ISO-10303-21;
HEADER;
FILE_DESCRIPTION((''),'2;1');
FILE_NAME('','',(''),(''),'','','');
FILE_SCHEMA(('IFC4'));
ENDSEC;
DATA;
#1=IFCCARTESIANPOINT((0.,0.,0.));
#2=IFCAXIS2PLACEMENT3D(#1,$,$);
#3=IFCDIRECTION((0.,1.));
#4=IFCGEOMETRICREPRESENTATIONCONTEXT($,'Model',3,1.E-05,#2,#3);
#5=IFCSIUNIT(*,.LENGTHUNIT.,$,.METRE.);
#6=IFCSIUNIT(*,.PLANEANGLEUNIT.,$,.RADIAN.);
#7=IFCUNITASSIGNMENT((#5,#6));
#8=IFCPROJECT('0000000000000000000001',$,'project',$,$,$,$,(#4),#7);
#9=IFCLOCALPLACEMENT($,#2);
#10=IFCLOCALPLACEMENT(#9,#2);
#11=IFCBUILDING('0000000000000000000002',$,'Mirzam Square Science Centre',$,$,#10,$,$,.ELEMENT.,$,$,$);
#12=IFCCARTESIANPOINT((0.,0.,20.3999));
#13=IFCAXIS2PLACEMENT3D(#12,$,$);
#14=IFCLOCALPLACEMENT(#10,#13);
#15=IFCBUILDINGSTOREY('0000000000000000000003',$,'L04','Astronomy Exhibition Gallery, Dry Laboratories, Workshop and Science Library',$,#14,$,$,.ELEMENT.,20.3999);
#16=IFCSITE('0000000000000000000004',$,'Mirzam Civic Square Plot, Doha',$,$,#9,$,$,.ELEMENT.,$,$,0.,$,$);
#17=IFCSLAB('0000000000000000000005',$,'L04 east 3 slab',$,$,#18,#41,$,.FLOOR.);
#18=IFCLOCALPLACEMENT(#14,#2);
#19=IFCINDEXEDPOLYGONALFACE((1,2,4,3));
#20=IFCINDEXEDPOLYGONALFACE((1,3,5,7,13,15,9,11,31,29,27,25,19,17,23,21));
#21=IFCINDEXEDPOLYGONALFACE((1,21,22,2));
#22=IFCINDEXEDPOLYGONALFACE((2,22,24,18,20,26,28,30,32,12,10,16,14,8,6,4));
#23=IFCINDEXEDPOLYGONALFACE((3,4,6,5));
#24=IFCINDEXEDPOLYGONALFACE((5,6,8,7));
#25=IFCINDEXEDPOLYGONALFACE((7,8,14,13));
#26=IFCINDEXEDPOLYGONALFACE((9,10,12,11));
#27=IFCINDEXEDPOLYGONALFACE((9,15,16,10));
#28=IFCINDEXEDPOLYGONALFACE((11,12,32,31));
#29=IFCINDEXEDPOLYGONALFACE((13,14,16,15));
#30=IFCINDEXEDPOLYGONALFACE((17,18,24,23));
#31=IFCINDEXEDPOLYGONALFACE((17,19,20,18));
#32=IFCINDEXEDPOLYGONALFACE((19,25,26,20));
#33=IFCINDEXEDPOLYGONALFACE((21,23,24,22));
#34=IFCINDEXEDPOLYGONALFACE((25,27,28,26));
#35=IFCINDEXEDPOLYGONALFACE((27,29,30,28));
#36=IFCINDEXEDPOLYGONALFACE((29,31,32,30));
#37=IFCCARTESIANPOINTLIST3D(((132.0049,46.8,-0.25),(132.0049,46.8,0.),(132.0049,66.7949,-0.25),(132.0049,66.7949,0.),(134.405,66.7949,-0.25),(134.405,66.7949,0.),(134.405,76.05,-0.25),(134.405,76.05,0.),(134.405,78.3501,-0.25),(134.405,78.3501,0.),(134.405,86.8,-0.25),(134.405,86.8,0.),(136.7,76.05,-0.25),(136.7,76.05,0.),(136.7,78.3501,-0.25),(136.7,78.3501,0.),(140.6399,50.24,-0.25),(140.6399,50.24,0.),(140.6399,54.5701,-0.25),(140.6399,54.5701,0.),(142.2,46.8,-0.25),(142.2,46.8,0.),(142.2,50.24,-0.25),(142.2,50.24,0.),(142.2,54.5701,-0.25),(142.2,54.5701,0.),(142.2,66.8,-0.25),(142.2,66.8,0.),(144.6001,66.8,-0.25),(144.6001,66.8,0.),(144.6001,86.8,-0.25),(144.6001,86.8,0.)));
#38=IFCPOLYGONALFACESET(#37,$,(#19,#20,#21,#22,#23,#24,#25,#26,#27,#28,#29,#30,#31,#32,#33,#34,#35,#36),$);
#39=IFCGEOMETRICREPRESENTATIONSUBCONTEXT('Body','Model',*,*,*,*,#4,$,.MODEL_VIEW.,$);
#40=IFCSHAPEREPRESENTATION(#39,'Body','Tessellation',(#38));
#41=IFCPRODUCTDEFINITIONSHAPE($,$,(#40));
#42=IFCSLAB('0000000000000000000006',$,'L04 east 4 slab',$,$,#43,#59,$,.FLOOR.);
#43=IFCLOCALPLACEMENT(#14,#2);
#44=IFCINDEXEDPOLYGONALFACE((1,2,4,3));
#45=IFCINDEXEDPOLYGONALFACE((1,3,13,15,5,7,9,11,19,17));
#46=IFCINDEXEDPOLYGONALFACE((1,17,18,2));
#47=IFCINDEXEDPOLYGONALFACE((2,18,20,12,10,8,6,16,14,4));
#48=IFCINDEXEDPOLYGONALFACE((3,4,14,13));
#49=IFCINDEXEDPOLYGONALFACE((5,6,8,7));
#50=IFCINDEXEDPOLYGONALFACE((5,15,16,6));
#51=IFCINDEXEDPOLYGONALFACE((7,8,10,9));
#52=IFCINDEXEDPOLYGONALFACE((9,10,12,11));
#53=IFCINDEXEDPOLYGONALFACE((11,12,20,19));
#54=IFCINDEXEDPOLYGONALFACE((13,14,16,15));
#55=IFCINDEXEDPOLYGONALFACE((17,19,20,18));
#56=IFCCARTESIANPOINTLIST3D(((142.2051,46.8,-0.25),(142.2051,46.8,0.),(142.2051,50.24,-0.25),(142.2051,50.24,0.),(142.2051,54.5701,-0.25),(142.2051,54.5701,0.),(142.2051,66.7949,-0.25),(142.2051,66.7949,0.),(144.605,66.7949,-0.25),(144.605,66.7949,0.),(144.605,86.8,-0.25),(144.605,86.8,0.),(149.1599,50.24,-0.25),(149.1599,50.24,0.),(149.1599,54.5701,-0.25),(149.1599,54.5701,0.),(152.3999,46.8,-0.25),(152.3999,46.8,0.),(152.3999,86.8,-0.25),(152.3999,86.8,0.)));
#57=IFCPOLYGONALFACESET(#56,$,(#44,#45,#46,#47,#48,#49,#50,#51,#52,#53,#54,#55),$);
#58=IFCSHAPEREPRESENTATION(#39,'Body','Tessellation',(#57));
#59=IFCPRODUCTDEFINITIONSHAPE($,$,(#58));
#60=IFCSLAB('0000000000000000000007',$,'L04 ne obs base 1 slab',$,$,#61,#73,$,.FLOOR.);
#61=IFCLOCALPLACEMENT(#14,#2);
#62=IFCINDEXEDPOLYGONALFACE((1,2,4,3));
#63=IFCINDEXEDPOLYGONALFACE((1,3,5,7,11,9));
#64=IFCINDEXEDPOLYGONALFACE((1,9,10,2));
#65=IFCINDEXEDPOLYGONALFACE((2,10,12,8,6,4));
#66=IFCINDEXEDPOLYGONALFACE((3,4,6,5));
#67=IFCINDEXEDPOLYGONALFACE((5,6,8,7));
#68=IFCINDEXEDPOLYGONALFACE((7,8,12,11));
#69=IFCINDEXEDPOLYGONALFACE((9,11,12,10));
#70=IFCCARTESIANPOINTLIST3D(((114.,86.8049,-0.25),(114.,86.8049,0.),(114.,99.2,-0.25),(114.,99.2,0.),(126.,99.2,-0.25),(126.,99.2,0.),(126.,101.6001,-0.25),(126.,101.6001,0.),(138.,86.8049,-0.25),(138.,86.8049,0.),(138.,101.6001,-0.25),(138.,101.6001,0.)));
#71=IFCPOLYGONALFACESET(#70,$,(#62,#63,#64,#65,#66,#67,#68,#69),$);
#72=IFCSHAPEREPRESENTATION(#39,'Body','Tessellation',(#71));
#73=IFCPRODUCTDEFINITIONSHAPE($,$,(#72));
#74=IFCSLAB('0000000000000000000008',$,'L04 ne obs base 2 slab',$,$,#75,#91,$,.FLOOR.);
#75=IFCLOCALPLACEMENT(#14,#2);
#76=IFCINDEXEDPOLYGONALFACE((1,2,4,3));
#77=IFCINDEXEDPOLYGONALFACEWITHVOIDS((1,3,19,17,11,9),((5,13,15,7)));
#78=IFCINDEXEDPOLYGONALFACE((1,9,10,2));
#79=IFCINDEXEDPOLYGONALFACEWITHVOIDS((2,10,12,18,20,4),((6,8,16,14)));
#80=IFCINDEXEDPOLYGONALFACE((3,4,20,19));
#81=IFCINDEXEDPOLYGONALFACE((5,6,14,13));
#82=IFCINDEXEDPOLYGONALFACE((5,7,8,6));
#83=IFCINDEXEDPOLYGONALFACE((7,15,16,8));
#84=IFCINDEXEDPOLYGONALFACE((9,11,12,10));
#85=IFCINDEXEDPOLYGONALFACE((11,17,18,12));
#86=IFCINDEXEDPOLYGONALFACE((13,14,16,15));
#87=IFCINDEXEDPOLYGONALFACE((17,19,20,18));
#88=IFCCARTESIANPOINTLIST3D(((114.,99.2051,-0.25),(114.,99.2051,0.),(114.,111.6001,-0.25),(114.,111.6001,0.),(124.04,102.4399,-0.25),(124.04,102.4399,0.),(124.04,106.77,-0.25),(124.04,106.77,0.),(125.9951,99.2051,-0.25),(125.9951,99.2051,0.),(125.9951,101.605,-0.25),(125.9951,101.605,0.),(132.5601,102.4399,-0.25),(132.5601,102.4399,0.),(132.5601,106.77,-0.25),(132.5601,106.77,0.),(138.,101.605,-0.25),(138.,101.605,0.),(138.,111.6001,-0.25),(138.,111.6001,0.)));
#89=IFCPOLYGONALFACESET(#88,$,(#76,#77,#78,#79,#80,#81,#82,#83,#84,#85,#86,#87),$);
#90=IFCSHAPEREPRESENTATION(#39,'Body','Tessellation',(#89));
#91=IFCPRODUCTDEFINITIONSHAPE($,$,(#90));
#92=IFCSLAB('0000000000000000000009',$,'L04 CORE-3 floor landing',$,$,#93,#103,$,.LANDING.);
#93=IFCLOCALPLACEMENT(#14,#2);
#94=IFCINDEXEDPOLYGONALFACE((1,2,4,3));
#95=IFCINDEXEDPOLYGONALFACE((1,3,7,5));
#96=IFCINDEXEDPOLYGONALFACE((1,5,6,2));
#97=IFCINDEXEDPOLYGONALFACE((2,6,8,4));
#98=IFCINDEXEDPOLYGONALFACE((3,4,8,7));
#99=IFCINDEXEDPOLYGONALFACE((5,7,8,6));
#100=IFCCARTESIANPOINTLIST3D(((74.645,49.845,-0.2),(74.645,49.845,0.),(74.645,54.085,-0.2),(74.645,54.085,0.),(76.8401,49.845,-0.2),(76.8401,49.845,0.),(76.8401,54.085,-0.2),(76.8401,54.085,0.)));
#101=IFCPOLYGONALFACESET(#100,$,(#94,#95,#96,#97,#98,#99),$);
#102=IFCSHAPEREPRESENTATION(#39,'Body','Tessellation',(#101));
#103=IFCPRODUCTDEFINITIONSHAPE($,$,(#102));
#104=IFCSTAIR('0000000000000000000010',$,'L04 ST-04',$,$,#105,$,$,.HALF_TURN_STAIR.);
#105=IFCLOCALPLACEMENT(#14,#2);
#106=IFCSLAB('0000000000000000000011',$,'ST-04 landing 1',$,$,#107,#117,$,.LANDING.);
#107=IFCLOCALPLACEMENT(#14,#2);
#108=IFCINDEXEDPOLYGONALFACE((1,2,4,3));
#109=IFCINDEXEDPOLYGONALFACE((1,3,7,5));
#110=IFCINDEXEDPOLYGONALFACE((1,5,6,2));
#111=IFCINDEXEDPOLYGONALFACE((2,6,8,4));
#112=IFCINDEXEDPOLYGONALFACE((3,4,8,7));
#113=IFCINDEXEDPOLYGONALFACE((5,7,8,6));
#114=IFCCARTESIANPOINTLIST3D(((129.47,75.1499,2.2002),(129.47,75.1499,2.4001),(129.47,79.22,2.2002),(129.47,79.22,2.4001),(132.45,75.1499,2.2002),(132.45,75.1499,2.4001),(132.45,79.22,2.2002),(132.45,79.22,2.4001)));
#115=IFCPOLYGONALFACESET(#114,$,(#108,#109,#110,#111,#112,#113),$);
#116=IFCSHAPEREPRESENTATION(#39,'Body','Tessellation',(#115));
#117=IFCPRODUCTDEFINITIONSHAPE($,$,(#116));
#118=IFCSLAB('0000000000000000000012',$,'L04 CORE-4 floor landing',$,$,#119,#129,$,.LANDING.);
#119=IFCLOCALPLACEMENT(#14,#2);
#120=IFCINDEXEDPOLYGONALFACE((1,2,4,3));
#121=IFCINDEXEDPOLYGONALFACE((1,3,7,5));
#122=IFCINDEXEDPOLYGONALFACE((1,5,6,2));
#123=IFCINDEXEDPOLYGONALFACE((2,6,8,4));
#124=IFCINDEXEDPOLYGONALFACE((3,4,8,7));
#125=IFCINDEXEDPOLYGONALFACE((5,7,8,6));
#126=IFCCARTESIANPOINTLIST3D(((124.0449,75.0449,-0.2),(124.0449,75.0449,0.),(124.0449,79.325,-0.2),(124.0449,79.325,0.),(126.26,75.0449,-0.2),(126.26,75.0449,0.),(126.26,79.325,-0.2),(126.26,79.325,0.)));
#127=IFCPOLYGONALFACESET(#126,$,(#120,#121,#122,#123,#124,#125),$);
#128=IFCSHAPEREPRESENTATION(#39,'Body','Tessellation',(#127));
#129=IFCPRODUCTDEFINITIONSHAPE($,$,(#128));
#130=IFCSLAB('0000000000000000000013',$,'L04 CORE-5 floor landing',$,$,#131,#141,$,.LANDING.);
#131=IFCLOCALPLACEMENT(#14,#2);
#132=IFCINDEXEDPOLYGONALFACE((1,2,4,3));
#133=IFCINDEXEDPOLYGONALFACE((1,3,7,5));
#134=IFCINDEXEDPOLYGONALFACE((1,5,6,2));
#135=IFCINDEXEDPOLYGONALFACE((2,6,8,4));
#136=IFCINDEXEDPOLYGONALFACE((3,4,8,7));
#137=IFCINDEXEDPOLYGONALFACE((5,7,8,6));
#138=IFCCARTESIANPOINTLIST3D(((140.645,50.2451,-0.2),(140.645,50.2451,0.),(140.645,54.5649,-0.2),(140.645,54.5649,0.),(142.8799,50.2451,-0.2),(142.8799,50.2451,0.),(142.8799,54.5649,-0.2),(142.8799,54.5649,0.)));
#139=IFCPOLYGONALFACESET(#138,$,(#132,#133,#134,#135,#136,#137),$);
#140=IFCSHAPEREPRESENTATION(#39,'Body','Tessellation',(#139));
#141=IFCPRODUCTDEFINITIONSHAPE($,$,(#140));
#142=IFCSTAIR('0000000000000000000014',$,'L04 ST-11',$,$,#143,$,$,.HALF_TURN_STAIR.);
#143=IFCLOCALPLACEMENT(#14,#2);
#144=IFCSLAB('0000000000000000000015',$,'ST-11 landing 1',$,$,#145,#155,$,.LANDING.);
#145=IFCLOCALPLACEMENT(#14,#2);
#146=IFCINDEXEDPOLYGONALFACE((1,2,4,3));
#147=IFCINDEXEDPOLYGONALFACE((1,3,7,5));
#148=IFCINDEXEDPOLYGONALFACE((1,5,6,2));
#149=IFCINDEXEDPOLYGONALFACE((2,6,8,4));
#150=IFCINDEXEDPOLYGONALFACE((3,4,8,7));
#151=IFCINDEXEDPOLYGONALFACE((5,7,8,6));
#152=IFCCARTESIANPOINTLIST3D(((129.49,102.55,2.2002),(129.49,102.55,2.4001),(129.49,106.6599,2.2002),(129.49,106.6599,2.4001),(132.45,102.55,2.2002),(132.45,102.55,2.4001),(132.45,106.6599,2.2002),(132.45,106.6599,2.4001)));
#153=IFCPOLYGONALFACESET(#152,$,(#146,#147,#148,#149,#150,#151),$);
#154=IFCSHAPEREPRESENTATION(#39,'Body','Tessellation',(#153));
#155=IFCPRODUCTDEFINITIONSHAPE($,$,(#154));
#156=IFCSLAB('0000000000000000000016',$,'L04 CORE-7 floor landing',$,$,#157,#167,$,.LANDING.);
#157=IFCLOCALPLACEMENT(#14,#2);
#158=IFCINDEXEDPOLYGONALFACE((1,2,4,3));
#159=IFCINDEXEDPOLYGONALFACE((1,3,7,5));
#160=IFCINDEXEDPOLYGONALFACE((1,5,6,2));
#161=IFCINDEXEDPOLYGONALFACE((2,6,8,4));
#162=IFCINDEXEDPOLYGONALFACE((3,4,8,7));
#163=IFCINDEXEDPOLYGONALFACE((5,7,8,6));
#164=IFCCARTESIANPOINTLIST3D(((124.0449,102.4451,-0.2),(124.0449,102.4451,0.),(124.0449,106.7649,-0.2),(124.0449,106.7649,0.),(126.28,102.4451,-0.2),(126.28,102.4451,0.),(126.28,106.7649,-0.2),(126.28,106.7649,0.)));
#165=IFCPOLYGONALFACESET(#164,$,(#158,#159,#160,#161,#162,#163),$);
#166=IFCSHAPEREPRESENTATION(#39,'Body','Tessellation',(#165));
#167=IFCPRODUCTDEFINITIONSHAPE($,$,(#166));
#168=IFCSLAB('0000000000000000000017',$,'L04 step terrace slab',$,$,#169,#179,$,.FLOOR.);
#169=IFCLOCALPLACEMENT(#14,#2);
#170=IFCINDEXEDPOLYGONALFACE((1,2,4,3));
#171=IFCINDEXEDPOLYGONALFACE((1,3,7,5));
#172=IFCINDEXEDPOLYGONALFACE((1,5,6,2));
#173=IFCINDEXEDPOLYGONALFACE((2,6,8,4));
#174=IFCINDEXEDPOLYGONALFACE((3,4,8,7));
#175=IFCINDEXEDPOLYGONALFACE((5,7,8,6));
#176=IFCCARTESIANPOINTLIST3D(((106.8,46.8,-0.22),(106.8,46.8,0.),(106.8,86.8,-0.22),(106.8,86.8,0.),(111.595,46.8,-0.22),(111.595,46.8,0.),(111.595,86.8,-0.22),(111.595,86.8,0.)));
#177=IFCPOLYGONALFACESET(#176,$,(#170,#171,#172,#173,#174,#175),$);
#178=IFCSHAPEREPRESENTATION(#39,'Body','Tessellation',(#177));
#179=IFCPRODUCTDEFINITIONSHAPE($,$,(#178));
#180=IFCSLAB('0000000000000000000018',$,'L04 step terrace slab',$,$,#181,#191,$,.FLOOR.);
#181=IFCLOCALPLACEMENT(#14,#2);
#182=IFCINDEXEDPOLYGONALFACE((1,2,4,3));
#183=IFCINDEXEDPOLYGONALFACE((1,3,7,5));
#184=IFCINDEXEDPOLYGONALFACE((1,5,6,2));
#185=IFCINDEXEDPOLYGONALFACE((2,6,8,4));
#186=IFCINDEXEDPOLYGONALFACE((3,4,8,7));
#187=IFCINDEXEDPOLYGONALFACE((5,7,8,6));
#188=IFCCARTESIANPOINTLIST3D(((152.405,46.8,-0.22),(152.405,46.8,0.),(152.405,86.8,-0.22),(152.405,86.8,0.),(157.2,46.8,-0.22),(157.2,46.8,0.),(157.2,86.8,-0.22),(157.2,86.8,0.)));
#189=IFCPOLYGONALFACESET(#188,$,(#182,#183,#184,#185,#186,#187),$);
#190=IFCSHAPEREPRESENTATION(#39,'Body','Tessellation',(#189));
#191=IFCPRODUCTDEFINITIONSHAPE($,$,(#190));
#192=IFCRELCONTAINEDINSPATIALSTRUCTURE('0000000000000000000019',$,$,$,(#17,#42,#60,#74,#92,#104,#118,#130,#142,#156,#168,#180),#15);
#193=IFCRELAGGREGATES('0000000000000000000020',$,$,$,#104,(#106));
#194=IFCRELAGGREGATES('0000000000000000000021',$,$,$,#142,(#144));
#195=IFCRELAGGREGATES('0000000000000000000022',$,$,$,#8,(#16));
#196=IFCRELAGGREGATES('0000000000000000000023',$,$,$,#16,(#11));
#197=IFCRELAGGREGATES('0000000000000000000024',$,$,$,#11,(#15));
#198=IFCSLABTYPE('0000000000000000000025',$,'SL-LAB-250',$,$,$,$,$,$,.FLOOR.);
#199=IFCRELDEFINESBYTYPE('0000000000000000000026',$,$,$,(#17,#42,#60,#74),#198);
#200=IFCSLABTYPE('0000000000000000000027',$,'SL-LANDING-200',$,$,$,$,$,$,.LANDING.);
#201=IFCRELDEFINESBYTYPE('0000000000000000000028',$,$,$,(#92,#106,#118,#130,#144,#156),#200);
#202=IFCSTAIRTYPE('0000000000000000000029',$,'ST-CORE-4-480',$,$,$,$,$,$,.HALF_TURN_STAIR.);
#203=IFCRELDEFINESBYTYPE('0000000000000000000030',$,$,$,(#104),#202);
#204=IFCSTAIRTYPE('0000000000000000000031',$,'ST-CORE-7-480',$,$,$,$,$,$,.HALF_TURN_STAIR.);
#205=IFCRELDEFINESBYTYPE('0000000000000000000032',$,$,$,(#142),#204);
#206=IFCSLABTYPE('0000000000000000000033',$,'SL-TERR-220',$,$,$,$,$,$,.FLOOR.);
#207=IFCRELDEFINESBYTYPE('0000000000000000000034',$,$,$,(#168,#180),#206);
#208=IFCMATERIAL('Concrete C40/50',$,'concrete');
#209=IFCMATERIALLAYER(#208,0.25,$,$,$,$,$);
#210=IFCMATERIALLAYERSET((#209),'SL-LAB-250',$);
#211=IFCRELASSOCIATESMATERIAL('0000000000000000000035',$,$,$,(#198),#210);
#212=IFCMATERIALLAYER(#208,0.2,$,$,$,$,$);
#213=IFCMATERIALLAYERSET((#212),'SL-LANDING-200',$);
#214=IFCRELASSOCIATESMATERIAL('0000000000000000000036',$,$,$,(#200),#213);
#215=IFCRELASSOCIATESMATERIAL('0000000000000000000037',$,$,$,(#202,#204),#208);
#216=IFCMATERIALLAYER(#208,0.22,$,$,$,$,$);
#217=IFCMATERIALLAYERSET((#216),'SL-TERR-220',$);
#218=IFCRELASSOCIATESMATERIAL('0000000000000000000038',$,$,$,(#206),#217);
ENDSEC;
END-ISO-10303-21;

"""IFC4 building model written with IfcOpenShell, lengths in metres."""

from ifc_helpers import new_model, si_unit, direction, frame, origin, place, context, subcontext, project, spatial, polyline, outline, extrude, material, layer, layer_set, type_object, element, aggregate, save


model = new_model("IFC4")

# Units and contexts
model_context = context("Model", 3, precision=1e-05, world=origin(), true_north=direction((0.0, 1.0)))
body_context = subcontext(model_context, "Body", "Model", "MODEL_VIEW")
ifc_project = project(units=[si_unit("LENGTHUNIT", "METRE"), si_unit("PLANEANGLEUNIT", "RADIAN")], contexts=[model_context])

# Site, building, storey
site_placement = place(None, origin())
site = spatial("IfcSite", under=ifc_project, at=site_placement, Name="Mirzam Civic Square Plot, Doha", CompositionType="ELEMENT", RefElevation=0.0)
building_placement = place(site_placement, origin())
building = spatial("IfcBuilding", under=site, at=building_placement, Name="Mirzam Square Science Centre", CompositionType="ELEMENT")
storey_placement = place(building_placement, frame((0.0, 0.0, 20.3999)))
storey = spatial("IfcBuildingStorey", under=building, at=storey_placement, Name="L04", Description="Astronomy Exhibition Gallery, Dry Laboratories, Workshop and Science Library", CompositionType="ELEMENT", Elevation=20.3999)

# Slabs
ifc_material_1 = material(Name="Concrete C40/50", Category="concrete")
ifc_layer_1 = layer(ifc_material_1, 0.25)
ifc_layer_set_1 = layer_set([ifc_layer_1], Name="SL-LAB-250")
slab_type_1 = type_object("IfcSlabType", Name="SL-LAB-250", PredefinedType="FLOOR", material=ifc_layer_set_1)
slab_1_placement = place(storey_placement, frame((0.0, 0.0, -0.25)))
element("IfcSlab", 1, at=slab_1_placement, inside=storey, type_object=slab_type_1, Name="L04 east 3 slab", PredefinedType="FLOOR", context=body_context, shape_type="SweptSolid", body=[
    extrude(outline(polyline([(132.0049, 46.8), (132.0049, 66.7949), (134.405, 66.7949), (134.405, 76.05), (136.7, 76.05), (136.7, 78.3501), (134.405, 78.3501), (134.405, 86.8), (144.6001, 86.8), (144.6001, 66.8), (142.2, 66.8), (142.2, 54.5701), (140.6399, 54.5701), (140.6399, 50.24), (142.2, 50.24), (142.2, 46.8), (132.0049, 46.8)])), origin(), (0.0, 0.0, 1.0), 0.25),
])
slab_2_placement = place(storey_placement, frame((0.0, 0.0, -0.25)))
element("IfcSlab", 2, at=slab_2_placement, inside=storey, type_object=slab_type_1, Name="L04 east 4 slab", PredefinedType="FLOOR", context=body_context, shape_type="SweptSolid", body=[
    extrude(outline(polyline([(152.3999, 86.8), (152.3999, 46.8), (142.2051, 46.8), (142.2051, 50.24), (149.1599, 50.24), (149.1599, 54.5701), (142.2051, 54.5701), (142.2051, 66.7949), (144.605, 66.7949), (144.605, 86.8), (152.3999, 86.8)])), origin(), (0.0, 0.0, 1.0), 0.25),
])
slab_3_placement = place(storey_placement, frame((0.0, 0.0, -0.25)))
element("IfcSlab", 3, at=slab_3_placement, inside=storey, type_object=slab_type_1, Name="L04 ne obs base 1 slab", PredefinedType="FLOOR", context=body_context, shape_type="SweptSolid", body=[
    extrude(outline(polyline([(126.0, 99.2), (126.0, 101.6001), (138.0, 101.6001), (138.0, 86.8049), (114.0, 86.8049), (114.0, 99.2), (126.0, 99.2)])), origin(), (0.0, 0.0, 1.0), 0.25),
])
slab_4_placement = place(storey_placement, frame((0.0, 0.0, -0.25)))
element("IfcSlab", 4, at=slab_4_placement, inside=storey, type_object=slab_type_1, Name="L04 ne obs base 2 slab", PredefinedType="FLOOR", context=body_context, shape_type="SweptSolid", body=[
    extrude(outline(polyline([(114.0, 111.6001), (138.0, 111.6001), (138.0, 101.605), (125.9951, 101.605), (125.9951, 99.2051), (114.0, 99.2051), (114.0, 111.6001)]), holes=[polyline([(132.5601, 106.77), (124.04, 106.77), (124.04, 102.4399), (132.5601, 102.4399), (132.5601, 106.77)])]), origin(), (0.0, 0.0, 1.0), 0.25),
])
ifc_layer_2 = layer(ifc_material_1, 0.2)
ifc_layer_set_2 = layer_set([ifc_layer_2], Name="SL-LANDING-200")
slab_type_2 = type_object("IfcSlabType", Name="SL-LANDING-200", PredefinedType="LANDING", material=ifc_layer_set_2)
slab_5_placement = place(storey_placement, frame((0.0, 0.0, -0.2)))
element("IfcSlab", 5, at=slab_5_placement, inside=storey, type_object=slab_type_2, Name="L04 CORE-3 floor landing", PredefinedType="LANDING", context=body_context, shape_type="SweptSolid", body=[
    extrude(outline(polyline([(76.8401, 49.845), (74.645, 49.845), (74.645, 54.085), (76.8401, 54.085), (76.8401, 49.845)])), origin(), (0.0, 0.0, 1.0), 0.2),
])

# Stair, slab
stair_type_1 = type_object("IfcStairType", Name="ST-CORE-4-480", PredefinedType="HALF_TURN_STAIR", material=ifc_material_1)
stair_1_placement = place(storey_placement, origin())
stair_1 = element("IfcStair", 6, at=stair_1_placement, inside=storey, type_object=stair_type_1, Name="L04 ST-04", PredefinedType="HALF_TURN_STAIR")
slab_6_placement = place(storey_placement, frame((0.0, 0.0, 2.2002)))
slab_6 = element("IfcSlab", 7, at=slab_6_placement, type_object=slab_type_2, Name="ST-04 landing 1", PredefinedType="LANDING", context=body_context, shape_type="SweptSolid", body=[
    extrude(outline(polyline([(129.47, 75.1499), (132.45, 75.1499), (132.45, 79.22), (129.47, 79.22), (129.47, 75.1499)])), origin(), (0.0, 0.0, 1.0), 0.2),
])
aggregate(stair_1, [slab_6])

# Slabs
slab_7_placement = place(storey_placement, frame((0.0, 0.0, -0.2)))
element("IfcSlab", 8, at=slab_7_placement, inside=storey, type_object=slab_type_2, Name="L04 CORE-4 floor landing", PredefinedType="LANDING", context=body_context, shape_type="SweptSolid", body=[
    extrude(outline(polyline([(126.26, 75.0449), (124.0449, 75.0449), (124.0449, 79.325), (126.26, 79.325), (126.26, 75.0449)])), origin(), (0.0, 0.0, 1.0), 0.2),
])
slab_8_placement = place(storey_placement, frame((0.0, 0.0, -0.2)))
element("IfcSlab", 9, at=slab_8_placement, inside=storey, type_object=slab_type_2, Name="L04 CORE-5 floor landing", PredefinedType="LANDING", context=body_context, shape_type="SweptSolid", body=[
    extrude(outline(polyline([(142.8799, 50.2451), (140.645, 50.2451), (140.645, 54.5649), (142.8799, 54.5649), (142.8799, 50.2451)])), origin(), (0.0, 0.0, 1.0), 0.2),
])

# Stair, slab
stair_type_2 = type_object("IfcStairType", Name="ST-CORE-7-480", PredefinedType="HALF_TURN_STAIR", material=ifc_material_1)
stair_2_placement = place(storey_placement, origin())
stair_2 = element("IfcStair", 10, at=stair_2_placement, inside=storey, type_object=stair_type_2, Name="L04 ST-11", PredefinedType="HALF_TURN_STAIR")
slab_9_placement = place(storey_placement, frame((0.0, 0.0, 2.2002)))
slab_9 = element("IfcSlab", 11, at=slab_9_placement, type_object=slab_type_2, Name="ST-11 landing 1", PredefinedType="LANDING", context=body_context, shape_type="SweptSolid", body=[
    extrude(outline(polyline([(129.49, 102.55), (132.45, 102.55), (132.45, 106.6599), (129.49, 106.6599), (129.49, 102.55)])), origin(), (0.0, 0.0, 1.0), 0.2),
])
aggregate(stair_2, [slab_9])

# Slabs
slab_10_placement = place(storey_placement, frame((0.0, 0.0, -0.2)))
element("IfcSlab", 12, at=slab_10_placement, inside=storey, type_object=slab_type_2, Name="L04 CORE-7 floor landing", PredefinedType="LANDING", context=body_context, shape_type="SweptSolid", body=[
    extrude(outline(polyline([(126.28, 102.4451), (124.0449, 102.4451), (124.0449, 106.7649), (126.28, 106.7649), (126.28, 102.4451)])), origin(), (0.0, 0.0, 1.0), 0.2),
])
ifc_layer_3 = layer(ifc_material_1, 0.22)
ifc_layer_set_3 = layer_set([ifc_layer_3], Name="SL-TERR-220")
slab_type_3 = type_object("IfcSlabType", Name="SL-TERR-220", PredefinedType="FLOOR", material=ifc_layer_set_3)
slab_11_placement = place(storey_placement, frame((0.0, 0.0, -0.22)))
element("IfcSlab", 13, at=slab_11_placement, inside=storey, type_object=slab_type_3, Name="L04 step terrace slab", PredefinedType="FLOOR", context=body_context, shape_type="SweptSolid", body=[
    extrude(outline(polyline([(106.8, 86.8), (111.595, 86.8), (111.595, 46.8), (106.8, 46.8), (106.8, 86.8)])), origin(), (0.0, 0.0, 1.0), 0.22),
])
slab_12_placement = place(storey_placement, frame((0.0, 0.0, -0.22)))
element("IfcSlab", 14, at=slab_12_placement, inside=storey, type_object=slab_type_3, Name="L04 step terrace slab", PredefinedType="FLOOR", context=body_context, shape_type="SweptSolid", body=[
    extrude(outline(polyline([(157.2, 46.8), (152.405, 46.8), (152.405, 86.8), (157.2, 86.8), (157.2, 46.8)])), origin(), (0.0, 0.0, 1.0), 0.22),
])

save(model, "model.ifc")
